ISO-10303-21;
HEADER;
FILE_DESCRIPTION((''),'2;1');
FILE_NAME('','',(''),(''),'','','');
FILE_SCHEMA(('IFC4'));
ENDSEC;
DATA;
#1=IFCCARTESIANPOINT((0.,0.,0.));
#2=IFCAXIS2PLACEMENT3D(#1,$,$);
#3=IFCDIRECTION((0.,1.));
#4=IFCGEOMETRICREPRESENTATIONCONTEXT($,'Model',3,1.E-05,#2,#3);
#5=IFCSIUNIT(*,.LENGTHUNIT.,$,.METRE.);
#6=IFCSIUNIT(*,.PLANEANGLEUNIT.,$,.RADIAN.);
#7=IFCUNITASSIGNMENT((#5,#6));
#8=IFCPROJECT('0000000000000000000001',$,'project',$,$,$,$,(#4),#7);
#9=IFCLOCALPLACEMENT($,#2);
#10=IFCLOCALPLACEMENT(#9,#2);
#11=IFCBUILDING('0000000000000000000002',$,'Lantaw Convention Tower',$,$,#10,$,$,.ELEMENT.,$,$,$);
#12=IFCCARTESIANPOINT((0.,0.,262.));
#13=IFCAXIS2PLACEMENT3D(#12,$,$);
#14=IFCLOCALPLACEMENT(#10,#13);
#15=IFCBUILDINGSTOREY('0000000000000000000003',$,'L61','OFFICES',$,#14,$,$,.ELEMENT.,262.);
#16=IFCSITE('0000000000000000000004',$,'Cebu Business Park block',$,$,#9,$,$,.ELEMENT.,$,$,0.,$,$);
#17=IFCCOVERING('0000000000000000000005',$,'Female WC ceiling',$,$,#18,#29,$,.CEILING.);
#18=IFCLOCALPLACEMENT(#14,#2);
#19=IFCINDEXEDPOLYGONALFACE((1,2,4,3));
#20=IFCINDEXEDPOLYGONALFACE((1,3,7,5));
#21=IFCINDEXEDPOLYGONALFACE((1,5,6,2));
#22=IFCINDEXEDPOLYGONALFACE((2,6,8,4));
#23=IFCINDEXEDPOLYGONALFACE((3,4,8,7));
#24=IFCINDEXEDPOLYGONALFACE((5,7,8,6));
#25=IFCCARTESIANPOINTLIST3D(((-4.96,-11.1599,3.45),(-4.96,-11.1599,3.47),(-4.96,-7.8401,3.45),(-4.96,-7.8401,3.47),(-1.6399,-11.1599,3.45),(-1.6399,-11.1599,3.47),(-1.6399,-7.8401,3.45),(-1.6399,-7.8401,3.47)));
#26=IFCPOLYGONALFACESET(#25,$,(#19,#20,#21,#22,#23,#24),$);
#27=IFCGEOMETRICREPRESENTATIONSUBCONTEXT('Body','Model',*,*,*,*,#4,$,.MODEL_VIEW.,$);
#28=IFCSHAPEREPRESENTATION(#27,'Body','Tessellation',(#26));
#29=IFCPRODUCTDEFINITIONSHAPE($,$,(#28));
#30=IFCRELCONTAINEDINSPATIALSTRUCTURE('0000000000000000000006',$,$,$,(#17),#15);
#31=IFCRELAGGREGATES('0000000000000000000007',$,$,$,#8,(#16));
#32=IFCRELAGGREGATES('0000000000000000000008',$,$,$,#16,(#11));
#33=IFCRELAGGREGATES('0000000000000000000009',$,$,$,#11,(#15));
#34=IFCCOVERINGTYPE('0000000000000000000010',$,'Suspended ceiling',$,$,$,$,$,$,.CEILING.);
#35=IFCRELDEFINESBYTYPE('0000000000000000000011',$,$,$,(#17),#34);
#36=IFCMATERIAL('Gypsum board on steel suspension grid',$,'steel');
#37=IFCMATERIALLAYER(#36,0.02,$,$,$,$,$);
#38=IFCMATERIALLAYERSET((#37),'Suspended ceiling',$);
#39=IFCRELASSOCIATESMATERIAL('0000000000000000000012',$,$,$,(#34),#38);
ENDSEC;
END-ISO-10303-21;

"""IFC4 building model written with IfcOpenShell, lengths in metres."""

from ifc_helpers import new_model, si_unit, direction, frame, origin, place, context, subcontext, project, spatial, polyline, outline, extrude, material, layer, layer_set, type_object, element, save


model = new_model("IFC4")

# Units and contexts
model_context = context("Model", 3, precision=1e-05, world=origin(), true_north=direction((0.0, 1.0)))
body_context = subcontext(model_context, "Body", "Model", "MODEL_VIEW")
ifc_project = project(units=[si_unit("LENGTHUNIT", "METRE"), si_unit("PLANEANGLEUNIT", "RADIAN")], contexts=[model_context])

# Site, building, storey
site_placement = place(None, origin())
site = spatial("IfcSite", under=ifc_project, at=site_placement, Name="Cebu Business Park block", CompositionType="ELEMENT", RefElevation=0.0)
building_placement = place(site_placement, origin())
building = spatial("IfcBuilding", under=site, at=building_placement, Name="Lantaw Convention Tower", CompositionType="ELEMENT")
storey_placement = place(building_placement, frame((0.0, 0.0, 262.0)))
storey = spatial("IfcBuildingStorey", under=building, at=storey_placement, Name="L61", Description="OFFICES", CompositionType="ELEMENT", Elevation=262.0)

# Covering
ifc_material_1 = material(Name="Gypsum board on steel suspension grid", Category="steel")
ifc_layer_1 = layer(ifc_material_1, 0.02)
ifc_layer_set_1 = layer_set([ifc_layer_1], Name="Suspended ceiling")
covering_type = type_object("IfcCoveringType", Name="Suspended ceiling", PredefinedType="CEILING", material=ifc_layer_set_1)
covering_1_placement = place(storey_placement, frame((0.0, 0.0, 3.45)))
element("IfcCovering", 1, at=covering_1_placement, inside=storey, type_object=covering_type, Name="Female WC ceiling", PredefinedType="CEILING", context=body_context, shape_type="SweptSolid", body=[
    extrude(outline(polyline([(-4.96, -11.1599), (-1.6399, -11.1599), (-1.6399, -7.8401), (-4.96, -7.8401), (-4.96, -11.1599)])), origin(), (0.0, 0.0, 1.0), 0.02),
])

save(model, "model.ifc")
